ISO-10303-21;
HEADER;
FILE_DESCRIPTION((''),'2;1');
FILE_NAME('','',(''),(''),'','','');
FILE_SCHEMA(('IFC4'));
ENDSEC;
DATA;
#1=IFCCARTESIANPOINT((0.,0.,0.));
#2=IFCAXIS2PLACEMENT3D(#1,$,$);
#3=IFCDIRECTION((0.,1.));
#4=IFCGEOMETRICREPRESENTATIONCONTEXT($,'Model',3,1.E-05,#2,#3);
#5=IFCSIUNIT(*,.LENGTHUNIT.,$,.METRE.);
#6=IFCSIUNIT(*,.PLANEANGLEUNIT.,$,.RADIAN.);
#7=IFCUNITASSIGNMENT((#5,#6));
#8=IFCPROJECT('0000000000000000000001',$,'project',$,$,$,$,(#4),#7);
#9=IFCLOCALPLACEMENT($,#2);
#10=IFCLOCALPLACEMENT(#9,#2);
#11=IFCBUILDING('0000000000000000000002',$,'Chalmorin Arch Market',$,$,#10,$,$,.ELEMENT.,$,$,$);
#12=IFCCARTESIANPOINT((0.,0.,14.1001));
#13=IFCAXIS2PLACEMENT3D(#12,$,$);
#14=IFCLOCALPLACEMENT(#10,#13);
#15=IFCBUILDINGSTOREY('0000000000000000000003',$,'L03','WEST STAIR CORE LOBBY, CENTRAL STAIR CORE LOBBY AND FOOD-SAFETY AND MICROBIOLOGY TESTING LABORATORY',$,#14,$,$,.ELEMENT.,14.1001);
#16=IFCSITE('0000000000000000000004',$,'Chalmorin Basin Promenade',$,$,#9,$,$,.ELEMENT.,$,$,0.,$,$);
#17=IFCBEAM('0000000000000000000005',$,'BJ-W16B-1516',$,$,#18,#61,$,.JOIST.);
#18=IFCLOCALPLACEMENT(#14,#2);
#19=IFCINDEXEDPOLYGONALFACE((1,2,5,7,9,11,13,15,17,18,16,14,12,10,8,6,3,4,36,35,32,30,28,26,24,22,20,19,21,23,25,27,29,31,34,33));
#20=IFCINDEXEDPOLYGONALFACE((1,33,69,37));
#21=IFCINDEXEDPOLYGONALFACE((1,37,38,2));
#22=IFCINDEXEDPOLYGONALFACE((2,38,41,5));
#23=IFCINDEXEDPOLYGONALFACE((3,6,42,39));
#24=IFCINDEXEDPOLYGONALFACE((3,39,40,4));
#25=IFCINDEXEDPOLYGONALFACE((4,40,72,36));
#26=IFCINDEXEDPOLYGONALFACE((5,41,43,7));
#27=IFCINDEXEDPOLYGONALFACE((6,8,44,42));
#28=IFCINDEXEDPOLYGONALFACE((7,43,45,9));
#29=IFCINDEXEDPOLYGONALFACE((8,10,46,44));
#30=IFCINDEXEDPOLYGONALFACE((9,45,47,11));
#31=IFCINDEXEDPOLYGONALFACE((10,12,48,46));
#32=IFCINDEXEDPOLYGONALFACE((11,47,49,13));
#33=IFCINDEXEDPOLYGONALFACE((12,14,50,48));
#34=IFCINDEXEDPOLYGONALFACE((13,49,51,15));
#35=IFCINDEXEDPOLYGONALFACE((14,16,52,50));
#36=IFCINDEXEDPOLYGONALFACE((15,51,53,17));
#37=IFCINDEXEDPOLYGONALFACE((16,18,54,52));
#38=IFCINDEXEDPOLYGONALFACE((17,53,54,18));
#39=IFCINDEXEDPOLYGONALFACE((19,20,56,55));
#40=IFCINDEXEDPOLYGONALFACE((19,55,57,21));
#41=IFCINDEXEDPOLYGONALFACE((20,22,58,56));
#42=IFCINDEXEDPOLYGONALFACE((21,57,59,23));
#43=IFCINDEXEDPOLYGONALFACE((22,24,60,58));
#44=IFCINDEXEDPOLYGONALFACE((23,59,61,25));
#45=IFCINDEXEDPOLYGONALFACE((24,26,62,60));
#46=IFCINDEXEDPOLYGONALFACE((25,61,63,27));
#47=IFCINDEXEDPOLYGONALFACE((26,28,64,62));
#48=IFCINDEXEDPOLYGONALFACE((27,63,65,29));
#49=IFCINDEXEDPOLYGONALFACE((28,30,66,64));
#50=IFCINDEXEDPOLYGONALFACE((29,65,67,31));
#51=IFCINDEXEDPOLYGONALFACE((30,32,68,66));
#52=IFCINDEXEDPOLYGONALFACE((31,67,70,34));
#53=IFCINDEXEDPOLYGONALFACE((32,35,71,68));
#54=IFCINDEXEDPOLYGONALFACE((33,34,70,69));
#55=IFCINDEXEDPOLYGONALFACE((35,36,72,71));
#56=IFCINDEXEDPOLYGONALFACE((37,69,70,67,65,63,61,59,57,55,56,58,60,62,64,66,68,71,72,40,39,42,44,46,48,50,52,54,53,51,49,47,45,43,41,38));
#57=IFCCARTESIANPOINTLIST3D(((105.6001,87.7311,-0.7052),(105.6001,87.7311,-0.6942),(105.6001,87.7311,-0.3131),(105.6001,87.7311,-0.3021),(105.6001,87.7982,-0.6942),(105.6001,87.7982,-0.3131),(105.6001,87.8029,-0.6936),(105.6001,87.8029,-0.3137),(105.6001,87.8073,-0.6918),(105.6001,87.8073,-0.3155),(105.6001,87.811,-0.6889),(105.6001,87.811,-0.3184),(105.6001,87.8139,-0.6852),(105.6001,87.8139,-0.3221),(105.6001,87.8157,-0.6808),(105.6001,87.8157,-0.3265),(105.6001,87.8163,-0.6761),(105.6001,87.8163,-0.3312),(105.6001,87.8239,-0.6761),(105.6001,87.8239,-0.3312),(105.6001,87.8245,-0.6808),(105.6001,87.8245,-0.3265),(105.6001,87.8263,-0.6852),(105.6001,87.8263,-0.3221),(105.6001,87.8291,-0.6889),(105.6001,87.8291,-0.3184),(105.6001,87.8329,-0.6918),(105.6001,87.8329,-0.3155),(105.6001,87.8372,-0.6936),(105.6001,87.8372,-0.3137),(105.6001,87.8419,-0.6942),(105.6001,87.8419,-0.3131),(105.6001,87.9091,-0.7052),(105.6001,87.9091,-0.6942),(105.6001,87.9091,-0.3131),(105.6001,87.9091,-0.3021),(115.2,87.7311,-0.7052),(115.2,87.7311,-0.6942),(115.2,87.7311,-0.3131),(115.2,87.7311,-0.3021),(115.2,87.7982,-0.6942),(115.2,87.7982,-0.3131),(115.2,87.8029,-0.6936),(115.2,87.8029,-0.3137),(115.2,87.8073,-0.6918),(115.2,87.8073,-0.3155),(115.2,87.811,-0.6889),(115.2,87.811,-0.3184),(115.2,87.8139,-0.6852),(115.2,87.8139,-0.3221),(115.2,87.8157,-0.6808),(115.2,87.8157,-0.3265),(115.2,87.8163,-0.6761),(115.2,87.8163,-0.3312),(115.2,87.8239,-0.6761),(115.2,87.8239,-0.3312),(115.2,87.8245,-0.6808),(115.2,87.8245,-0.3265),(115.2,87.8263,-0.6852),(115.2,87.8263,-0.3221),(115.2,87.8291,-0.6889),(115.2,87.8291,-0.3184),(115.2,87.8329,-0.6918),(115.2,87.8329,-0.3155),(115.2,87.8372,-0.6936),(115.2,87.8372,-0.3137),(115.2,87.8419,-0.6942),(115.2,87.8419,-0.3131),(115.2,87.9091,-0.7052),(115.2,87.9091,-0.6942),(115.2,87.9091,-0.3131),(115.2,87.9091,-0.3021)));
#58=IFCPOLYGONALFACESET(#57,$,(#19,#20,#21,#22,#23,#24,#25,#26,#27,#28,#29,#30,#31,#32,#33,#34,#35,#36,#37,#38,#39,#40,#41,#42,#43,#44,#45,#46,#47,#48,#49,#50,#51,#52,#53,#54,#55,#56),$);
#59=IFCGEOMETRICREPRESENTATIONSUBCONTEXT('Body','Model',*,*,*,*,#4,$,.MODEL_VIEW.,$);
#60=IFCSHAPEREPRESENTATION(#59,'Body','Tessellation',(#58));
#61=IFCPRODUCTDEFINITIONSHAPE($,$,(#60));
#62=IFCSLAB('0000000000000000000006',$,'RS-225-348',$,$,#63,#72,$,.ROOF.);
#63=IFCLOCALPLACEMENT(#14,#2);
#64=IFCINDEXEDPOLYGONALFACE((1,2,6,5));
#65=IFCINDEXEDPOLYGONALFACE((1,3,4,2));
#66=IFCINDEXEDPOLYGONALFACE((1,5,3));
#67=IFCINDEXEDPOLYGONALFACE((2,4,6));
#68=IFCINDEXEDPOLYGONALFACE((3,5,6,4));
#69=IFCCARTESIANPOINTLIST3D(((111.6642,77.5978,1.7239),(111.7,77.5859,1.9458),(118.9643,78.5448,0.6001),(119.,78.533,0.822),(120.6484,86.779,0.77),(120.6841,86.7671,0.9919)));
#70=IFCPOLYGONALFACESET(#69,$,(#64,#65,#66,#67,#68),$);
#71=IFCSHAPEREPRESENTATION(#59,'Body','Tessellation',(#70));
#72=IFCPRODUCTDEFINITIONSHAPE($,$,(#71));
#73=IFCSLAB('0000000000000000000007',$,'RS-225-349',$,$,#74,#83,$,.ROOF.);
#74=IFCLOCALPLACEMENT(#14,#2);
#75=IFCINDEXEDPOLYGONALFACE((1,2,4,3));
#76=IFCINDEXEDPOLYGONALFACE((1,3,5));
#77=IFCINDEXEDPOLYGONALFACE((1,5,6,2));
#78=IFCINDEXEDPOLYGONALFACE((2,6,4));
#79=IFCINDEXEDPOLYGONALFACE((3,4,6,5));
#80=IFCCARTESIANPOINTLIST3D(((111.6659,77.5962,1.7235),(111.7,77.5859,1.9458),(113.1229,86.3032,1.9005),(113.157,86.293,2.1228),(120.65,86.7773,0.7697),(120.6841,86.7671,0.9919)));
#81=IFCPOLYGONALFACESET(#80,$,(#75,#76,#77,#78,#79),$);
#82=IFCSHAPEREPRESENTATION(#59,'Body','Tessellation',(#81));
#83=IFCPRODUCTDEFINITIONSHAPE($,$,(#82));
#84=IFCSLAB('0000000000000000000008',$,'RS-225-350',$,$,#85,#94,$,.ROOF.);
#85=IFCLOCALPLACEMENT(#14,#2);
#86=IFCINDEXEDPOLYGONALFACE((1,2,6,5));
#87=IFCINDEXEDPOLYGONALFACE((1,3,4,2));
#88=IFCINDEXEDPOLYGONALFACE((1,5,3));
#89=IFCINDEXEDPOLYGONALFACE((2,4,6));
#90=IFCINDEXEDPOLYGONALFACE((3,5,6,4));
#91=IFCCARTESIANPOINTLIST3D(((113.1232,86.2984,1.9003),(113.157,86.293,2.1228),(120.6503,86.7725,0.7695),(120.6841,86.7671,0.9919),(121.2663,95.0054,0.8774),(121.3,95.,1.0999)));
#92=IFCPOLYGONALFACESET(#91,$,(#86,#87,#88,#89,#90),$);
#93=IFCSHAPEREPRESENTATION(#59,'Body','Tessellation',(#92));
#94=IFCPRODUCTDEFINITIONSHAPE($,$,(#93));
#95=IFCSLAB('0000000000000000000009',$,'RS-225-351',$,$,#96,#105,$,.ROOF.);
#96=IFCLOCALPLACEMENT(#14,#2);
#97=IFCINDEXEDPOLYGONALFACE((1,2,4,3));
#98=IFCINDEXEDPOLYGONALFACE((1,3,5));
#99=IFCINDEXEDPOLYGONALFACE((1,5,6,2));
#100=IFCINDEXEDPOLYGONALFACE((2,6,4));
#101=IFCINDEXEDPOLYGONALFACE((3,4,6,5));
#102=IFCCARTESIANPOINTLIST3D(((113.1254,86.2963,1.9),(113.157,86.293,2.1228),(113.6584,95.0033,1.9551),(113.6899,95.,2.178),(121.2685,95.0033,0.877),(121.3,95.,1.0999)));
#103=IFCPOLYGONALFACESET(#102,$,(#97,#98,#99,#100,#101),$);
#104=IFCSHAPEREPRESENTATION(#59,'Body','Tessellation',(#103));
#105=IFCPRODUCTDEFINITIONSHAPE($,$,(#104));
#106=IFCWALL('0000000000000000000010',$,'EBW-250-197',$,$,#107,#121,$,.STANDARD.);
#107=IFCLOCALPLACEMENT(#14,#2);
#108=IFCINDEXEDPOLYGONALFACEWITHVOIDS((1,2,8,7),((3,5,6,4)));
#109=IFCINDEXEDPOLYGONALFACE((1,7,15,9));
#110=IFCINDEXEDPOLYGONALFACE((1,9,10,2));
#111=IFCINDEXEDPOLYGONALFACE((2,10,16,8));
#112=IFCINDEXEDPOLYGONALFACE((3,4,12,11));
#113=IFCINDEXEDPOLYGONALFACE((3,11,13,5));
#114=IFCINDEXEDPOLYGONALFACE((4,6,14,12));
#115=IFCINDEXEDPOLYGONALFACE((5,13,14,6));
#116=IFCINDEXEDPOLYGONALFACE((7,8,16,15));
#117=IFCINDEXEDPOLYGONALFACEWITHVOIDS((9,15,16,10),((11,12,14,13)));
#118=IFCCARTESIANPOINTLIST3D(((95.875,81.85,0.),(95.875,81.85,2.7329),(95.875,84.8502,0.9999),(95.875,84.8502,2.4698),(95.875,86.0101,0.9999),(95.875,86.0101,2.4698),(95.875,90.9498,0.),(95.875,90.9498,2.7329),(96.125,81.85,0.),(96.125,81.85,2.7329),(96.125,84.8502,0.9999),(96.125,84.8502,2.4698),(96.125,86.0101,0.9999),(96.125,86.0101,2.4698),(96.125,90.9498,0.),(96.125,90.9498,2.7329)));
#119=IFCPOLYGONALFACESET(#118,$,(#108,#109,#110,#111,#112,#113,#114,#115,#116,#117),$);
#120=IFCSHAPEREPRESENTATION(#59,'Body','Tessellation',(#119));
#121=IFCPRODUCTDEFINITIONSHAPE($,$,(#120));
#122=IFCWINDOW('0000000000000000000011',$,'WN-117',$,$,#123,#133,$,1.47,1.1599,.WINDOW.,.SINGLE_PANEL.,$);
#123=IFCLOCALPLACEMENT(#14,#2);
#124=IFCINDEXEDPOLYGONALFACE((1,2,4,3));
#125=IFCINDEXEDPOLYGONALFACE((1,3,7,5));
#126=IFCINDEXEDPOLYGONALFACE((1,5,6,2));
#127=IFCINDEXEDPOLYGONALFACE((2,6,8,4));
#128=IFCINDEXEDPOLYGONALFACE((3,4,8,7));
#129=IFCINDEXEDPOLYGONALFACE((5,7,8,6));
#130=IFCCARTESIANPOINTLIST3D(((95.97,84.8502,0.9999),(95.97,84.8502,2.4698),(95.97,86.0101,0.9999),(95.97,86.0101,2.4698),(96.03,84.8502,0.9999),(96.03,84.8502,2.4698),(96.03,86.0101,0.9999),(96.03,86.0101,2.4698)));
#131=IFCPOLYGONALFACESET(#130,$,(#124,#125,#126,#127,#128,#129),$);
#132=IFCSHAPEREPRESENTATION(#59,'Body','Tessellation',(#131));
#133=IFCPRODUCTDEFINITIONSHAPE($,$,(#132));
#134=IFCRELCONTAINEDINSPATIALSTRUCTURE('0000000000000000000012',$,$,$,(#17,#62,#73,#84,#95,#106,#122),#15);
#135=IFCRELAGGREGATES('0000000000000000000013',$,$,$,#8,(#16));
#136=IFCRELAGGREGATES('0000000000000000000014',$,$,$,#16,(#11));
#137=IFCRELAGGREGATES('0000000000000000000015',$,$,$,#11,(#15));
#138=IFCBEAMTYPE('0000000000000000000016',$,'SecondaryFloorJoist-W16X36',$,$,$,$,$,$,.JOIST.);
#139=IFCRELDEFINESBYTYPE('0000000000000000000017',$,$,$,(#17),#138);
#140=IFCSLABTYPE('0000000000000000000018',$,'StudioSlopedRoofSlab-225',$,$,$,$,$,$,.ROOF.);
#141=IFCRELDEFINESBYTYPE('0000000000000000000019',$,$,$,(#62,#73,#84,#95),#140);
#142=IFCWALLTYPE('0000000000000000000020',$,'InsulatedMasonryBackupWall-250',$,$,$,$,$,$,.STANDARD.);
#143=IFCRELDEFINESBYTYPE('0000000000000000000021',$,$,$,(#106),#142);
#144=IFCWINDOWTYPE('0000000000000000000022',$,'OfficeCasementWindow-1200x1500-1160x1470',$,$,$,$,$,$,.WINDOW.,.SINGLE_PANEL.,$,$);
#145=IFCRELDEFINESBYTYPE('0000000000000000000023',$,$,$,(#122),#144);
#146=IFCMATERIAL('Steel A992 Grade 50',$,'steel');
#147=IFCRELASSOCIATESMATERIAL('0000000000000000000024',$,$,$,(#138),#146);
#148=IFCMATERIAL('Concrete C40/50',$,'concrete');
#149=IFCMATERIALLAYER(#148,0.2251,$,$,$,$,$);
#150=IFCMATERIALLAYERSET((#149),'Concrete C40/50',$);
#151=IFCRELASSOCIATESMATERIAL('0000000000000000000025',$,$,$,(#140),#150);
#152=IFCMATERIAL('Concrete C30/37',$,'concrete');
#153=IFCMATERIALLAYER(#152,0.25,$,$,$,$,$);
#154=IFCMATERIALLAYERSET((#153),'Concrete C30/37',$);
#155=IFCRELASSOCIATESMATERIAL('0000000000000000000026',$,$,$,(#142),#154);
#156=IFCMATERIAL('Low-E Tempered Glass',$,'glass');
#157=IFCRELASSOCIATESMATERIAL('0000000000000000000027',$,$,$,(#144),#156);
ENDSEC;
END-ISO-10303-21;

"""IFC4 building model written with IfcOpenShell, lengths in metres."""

from ifc_helpers import new_model, si_unit, direction, frame, frame_2d, origin, origin_2d, place, context, subcontext, project, spatial, polyline, rectangle, i_section, outline, extrude, material, layer, layer_set, material_profile, profile_set, type_object, element, fill, save


model = new_model("IFC4")

# Units and contexts
model_context = context("Model", 3, precision=1e-05, world=origin(), true_north=direction((0.0, 1.0)))
body_context = subcontext(model_context, "Body", "Model", "MODEL_VIEW")
ifc_project = project(units=[si_unit("LENGTHUNIT", "METRE"), si_unit("PLANEANGLEUNIT", "RADIAN")], contexts=[model_context])

# Site, building, storey
site_placement = place(None, origin())
site = spatial("IfcSite", under=ifc_project, at=site_placement, Name="Chalmorin Basin Promenade", CompositionType="ELEMENT", RefElevation=0.0)
building_placement = place(site_placement, origin())
building = spatial("IfcBuilding", under=site, at=building_placement, Name="Chalmorin Arch Market", CompositionType="ELEMENT")
storey_placement = place(building_placement, frame((0.0, 0.0, 14.1001)))
storey = spatial("IfcBuildingStorey", under=building, at=storey_placement, Name="L03", Description="WEST STAIR CORE LOBBY, CENTRAL STAIR CORE LOBBY AND FOOD-SAFETY AND MICROBIOLOGY TESTING LABORATORY", CompositionType="ELEMENT", Elevation=14.1001)

# Shared definitions
ifc_material_1 = material(Name="Concrete C40/50", Category="concrete")

# Shared definitions
ifc_material_2 = material(Name="Steel A992 Grade 50", Category="steel")

# Beam
ifc_material_profile_1 = material_profile(ifc_material_2, i_section(OverallWidth=0.178, OverallDepth=0.4031, WebThickness=0.0076, FlangeThickness=0.011, FilletRadius=0.0181, at=origin_2d()), Name="W16X36")
ifc_profile_set_1 = profile_set([ifc_material_profile_1], Name="Steel A992 Grade 50")
beam_type_1 = type_object("IfcBeamType", Name="SecondaryFloorJoist-W16X36", PredefinedType="JOIST", material=ifc_profile_set_1)
for number, where, z_axis, x_axis, name in (
    (1, (105.6001, 87.8201, -0.5037), (1.0, 0.0, 0.0), (0.0, 1.0, 0.0), "BJ-W16B-1516"),
):
    element("IfcBeam", number, at=place(storey_placement, frame(where, z_axis=z_axis, x_axis=x_axis)), inside=storey, type_object=beam_type_1, Name=name, PredefinedType="JOIST", context=body_context, shape_type="SweptSolid", body=[
        extrude(i_section(OverallWidth=0.178, OverallDepth=0.4031, WebThickness=0.0076, FlangeThickness=0.011, FilletRadius=0.0181, at=origin_2d()), origin(), (0.0, 0.0, 1.0), 9.5999),
    ])

# Slabs
ifc_layer_1 = layer(ifc_material_1, 0.2251)
ifc_layer_set_1 = layer_set([ifc_layer_1], Name="Concrete C40/50")
slab_type = type_object("IfcSlabType", Name="StudioSlopedRoofSlab-225", PredefinedType="ROOF", material=ifc_layer_set_1)
slab_1_placement = place(storey_placement, frame((111.7, 77.5859, 1.9458), z_axis=(0.158623, -0.052788, 0.985927), x_axis=(0.980332, 0.127177, -0.150914)))
element("IfcSlab", 2, at=slab_1_placement, inside=storey, type_object=slab_type, Name="RS-225-348", PredefinedType="ROOF", context=body_context, shape_type="SweptSolid", body=[
    extrude(outline(polyline([(0.0, 0.0), (7.4465, 0.0), (10.119, 7.9702), (0.0, 0.0)])), origin(), (0.0, 0.0, -1.0), 0.2251),
])
slab_2_placement = place(storey_placement, frame((111.7, 77.5859, 1.9458), z_axis=(0.151213, -0.045378, 0.987459), x_axis=(0.697476, 0.712772, -0.074052)))
element("IfcSlab", 3, at=slab_2_placement, inside=storey, type_object=slab_type, Name="RS-225-349", PredefinedType="ROOF", context=body_context, shape_type="SweptSolid", body=[
    extrude(outline(polyline([(0.0, 0.0), (12.8809, 0.0), (7.2093, 5.0984), (0.0, 0.0)])), origin(), (0.0, 0.0, -1.0), 0.2251),
])
slab_3_placement = place(storey_placement, frame((113.157, 86.293, 2.1228), z_axis=(0.150017, -0.024179, 0.988388), x_axis=(0.986989, 0.062169, -0.148284)))
element("IfcSlab", 4, at=slab_3_placement, inside=storey, type_object=slab_type, Name="RS-225-350", PredefinedType="ROOF", context=body_context, shape_type="SweptSolid", body=[
    extrude(outline(polyline([(0.0, 0.0), (7.6263, 0.0), (8.7301, 8.1825), (0.0, 0.0)])), origin(), (0.0, 0.0, -1.0), 0.2251),
])
slab_4_placement = place(storey_placement, frame((113.157, 86.293, 2.1228), z_axis=(0.140254, -0.014859, 0.990004), x_axis=(0.680557, 0.72769, -0.085493)))
element("IfcSlab", 5, at=slab_4_placement, inside=storey, type_object=slab_type, Name="RS-225-351", PredefinedType="ROOF", context=body_context, shape_type="SweptSolid", body=[
    extrude(outline(polyline([(0.0, 0.0), (11.9653, 0.0), (6.694, 5.5937), (0.0, 0.0)])), origin(), (0.0, 0.0, -1.0), 0.2251),
])

# Wall, opening, window
ifc_material_3 = material(Name="Concrete C30/37", Category="concrete")
ifc_layer_2 = layer(ifc_material_3, 0.25)
ifc_layer_set_2 = layer_set([ifc_layer_2], Name="Concrete C30/37")
wall_type = type_object("IfcWallType", Name="InsulatedMasonryBackupWall-250", PredefinedType="STANDARD", material=ifc_layer_set_2)
wall_placement = place(storey_placement, frame((96.0, 81.8501, 0.0), z_axis=(0.0, 0.0, 1.0), x_axis=(0.0, 1.0, 0.0)))
wall = element("IfcWall", 6, at=wall_placement, inside=storey, type_object=wall_type, Name="EBW-250-197", PredefinedType="STANDARD", context=body_context, shape_type="SweptSolid", body=[
    extrude(rectangle(XDim=9.0999, YDim=0.25, at=frame_2d((4.5498, 0.0))), origin(), (0.0, 0.0, 1.0), 2.7329),
])
opening_placement = place(wall_placement, frame((3.0, 0.0, 1.0)))
opening = element("IfcOpeningElement", 7, at=opening_placement, cuts=wall, PredefinedType="OPENING", context=body_context, shape_type="SweptSolid", body=[
    extrude(rectangle(XDim=1.1599, YDim=1.47, at=frame_2d((0.5801, 0.7349))), frame((0.0, 0.135, 0.0), z_axis=(0.0, -1.0, 0.0), x_axis=(1.0, 0.0, 0.0)), (0.0, 0.0, 1.0), 0.27),
])
ifc_material_4 = material(Name="Low-E Tempered Glass", Category="glass")
window_type = type_object("IfcWindowType", Name="OfficeCasementWindow-1200x1500-1160x1470", PartitioningType="SINGLE_PANEL", PredefinedType="WINDOW", material=ifc_material_4)
window_placement = place(opening_placement, origin())
window = element("IfcWindow", 8, at=window_placement, inside=storey, type_object=window_type, Name="WN-117", OverallHeight=1.47, OverallWidth=1.1599, PartitioningType="SINGLE_PANEL", PredefinedType="WINDOW", context=body_context, shape_type="SweptSolid", body=[
    extrude(rectangle(XDim=1.1599, YDim=1.47, at=frame_2d((0.5801, 0.7349))), frame((0.0, 0.03, 0.0), z_axis=(0.0, -1.0, 0.0), x_axis=(1.0, 0.0, 0.0)), (0.0, 0.0, 1.0), 0.0601),
])
fill(opening, window)

save(model, "model.ifc")
